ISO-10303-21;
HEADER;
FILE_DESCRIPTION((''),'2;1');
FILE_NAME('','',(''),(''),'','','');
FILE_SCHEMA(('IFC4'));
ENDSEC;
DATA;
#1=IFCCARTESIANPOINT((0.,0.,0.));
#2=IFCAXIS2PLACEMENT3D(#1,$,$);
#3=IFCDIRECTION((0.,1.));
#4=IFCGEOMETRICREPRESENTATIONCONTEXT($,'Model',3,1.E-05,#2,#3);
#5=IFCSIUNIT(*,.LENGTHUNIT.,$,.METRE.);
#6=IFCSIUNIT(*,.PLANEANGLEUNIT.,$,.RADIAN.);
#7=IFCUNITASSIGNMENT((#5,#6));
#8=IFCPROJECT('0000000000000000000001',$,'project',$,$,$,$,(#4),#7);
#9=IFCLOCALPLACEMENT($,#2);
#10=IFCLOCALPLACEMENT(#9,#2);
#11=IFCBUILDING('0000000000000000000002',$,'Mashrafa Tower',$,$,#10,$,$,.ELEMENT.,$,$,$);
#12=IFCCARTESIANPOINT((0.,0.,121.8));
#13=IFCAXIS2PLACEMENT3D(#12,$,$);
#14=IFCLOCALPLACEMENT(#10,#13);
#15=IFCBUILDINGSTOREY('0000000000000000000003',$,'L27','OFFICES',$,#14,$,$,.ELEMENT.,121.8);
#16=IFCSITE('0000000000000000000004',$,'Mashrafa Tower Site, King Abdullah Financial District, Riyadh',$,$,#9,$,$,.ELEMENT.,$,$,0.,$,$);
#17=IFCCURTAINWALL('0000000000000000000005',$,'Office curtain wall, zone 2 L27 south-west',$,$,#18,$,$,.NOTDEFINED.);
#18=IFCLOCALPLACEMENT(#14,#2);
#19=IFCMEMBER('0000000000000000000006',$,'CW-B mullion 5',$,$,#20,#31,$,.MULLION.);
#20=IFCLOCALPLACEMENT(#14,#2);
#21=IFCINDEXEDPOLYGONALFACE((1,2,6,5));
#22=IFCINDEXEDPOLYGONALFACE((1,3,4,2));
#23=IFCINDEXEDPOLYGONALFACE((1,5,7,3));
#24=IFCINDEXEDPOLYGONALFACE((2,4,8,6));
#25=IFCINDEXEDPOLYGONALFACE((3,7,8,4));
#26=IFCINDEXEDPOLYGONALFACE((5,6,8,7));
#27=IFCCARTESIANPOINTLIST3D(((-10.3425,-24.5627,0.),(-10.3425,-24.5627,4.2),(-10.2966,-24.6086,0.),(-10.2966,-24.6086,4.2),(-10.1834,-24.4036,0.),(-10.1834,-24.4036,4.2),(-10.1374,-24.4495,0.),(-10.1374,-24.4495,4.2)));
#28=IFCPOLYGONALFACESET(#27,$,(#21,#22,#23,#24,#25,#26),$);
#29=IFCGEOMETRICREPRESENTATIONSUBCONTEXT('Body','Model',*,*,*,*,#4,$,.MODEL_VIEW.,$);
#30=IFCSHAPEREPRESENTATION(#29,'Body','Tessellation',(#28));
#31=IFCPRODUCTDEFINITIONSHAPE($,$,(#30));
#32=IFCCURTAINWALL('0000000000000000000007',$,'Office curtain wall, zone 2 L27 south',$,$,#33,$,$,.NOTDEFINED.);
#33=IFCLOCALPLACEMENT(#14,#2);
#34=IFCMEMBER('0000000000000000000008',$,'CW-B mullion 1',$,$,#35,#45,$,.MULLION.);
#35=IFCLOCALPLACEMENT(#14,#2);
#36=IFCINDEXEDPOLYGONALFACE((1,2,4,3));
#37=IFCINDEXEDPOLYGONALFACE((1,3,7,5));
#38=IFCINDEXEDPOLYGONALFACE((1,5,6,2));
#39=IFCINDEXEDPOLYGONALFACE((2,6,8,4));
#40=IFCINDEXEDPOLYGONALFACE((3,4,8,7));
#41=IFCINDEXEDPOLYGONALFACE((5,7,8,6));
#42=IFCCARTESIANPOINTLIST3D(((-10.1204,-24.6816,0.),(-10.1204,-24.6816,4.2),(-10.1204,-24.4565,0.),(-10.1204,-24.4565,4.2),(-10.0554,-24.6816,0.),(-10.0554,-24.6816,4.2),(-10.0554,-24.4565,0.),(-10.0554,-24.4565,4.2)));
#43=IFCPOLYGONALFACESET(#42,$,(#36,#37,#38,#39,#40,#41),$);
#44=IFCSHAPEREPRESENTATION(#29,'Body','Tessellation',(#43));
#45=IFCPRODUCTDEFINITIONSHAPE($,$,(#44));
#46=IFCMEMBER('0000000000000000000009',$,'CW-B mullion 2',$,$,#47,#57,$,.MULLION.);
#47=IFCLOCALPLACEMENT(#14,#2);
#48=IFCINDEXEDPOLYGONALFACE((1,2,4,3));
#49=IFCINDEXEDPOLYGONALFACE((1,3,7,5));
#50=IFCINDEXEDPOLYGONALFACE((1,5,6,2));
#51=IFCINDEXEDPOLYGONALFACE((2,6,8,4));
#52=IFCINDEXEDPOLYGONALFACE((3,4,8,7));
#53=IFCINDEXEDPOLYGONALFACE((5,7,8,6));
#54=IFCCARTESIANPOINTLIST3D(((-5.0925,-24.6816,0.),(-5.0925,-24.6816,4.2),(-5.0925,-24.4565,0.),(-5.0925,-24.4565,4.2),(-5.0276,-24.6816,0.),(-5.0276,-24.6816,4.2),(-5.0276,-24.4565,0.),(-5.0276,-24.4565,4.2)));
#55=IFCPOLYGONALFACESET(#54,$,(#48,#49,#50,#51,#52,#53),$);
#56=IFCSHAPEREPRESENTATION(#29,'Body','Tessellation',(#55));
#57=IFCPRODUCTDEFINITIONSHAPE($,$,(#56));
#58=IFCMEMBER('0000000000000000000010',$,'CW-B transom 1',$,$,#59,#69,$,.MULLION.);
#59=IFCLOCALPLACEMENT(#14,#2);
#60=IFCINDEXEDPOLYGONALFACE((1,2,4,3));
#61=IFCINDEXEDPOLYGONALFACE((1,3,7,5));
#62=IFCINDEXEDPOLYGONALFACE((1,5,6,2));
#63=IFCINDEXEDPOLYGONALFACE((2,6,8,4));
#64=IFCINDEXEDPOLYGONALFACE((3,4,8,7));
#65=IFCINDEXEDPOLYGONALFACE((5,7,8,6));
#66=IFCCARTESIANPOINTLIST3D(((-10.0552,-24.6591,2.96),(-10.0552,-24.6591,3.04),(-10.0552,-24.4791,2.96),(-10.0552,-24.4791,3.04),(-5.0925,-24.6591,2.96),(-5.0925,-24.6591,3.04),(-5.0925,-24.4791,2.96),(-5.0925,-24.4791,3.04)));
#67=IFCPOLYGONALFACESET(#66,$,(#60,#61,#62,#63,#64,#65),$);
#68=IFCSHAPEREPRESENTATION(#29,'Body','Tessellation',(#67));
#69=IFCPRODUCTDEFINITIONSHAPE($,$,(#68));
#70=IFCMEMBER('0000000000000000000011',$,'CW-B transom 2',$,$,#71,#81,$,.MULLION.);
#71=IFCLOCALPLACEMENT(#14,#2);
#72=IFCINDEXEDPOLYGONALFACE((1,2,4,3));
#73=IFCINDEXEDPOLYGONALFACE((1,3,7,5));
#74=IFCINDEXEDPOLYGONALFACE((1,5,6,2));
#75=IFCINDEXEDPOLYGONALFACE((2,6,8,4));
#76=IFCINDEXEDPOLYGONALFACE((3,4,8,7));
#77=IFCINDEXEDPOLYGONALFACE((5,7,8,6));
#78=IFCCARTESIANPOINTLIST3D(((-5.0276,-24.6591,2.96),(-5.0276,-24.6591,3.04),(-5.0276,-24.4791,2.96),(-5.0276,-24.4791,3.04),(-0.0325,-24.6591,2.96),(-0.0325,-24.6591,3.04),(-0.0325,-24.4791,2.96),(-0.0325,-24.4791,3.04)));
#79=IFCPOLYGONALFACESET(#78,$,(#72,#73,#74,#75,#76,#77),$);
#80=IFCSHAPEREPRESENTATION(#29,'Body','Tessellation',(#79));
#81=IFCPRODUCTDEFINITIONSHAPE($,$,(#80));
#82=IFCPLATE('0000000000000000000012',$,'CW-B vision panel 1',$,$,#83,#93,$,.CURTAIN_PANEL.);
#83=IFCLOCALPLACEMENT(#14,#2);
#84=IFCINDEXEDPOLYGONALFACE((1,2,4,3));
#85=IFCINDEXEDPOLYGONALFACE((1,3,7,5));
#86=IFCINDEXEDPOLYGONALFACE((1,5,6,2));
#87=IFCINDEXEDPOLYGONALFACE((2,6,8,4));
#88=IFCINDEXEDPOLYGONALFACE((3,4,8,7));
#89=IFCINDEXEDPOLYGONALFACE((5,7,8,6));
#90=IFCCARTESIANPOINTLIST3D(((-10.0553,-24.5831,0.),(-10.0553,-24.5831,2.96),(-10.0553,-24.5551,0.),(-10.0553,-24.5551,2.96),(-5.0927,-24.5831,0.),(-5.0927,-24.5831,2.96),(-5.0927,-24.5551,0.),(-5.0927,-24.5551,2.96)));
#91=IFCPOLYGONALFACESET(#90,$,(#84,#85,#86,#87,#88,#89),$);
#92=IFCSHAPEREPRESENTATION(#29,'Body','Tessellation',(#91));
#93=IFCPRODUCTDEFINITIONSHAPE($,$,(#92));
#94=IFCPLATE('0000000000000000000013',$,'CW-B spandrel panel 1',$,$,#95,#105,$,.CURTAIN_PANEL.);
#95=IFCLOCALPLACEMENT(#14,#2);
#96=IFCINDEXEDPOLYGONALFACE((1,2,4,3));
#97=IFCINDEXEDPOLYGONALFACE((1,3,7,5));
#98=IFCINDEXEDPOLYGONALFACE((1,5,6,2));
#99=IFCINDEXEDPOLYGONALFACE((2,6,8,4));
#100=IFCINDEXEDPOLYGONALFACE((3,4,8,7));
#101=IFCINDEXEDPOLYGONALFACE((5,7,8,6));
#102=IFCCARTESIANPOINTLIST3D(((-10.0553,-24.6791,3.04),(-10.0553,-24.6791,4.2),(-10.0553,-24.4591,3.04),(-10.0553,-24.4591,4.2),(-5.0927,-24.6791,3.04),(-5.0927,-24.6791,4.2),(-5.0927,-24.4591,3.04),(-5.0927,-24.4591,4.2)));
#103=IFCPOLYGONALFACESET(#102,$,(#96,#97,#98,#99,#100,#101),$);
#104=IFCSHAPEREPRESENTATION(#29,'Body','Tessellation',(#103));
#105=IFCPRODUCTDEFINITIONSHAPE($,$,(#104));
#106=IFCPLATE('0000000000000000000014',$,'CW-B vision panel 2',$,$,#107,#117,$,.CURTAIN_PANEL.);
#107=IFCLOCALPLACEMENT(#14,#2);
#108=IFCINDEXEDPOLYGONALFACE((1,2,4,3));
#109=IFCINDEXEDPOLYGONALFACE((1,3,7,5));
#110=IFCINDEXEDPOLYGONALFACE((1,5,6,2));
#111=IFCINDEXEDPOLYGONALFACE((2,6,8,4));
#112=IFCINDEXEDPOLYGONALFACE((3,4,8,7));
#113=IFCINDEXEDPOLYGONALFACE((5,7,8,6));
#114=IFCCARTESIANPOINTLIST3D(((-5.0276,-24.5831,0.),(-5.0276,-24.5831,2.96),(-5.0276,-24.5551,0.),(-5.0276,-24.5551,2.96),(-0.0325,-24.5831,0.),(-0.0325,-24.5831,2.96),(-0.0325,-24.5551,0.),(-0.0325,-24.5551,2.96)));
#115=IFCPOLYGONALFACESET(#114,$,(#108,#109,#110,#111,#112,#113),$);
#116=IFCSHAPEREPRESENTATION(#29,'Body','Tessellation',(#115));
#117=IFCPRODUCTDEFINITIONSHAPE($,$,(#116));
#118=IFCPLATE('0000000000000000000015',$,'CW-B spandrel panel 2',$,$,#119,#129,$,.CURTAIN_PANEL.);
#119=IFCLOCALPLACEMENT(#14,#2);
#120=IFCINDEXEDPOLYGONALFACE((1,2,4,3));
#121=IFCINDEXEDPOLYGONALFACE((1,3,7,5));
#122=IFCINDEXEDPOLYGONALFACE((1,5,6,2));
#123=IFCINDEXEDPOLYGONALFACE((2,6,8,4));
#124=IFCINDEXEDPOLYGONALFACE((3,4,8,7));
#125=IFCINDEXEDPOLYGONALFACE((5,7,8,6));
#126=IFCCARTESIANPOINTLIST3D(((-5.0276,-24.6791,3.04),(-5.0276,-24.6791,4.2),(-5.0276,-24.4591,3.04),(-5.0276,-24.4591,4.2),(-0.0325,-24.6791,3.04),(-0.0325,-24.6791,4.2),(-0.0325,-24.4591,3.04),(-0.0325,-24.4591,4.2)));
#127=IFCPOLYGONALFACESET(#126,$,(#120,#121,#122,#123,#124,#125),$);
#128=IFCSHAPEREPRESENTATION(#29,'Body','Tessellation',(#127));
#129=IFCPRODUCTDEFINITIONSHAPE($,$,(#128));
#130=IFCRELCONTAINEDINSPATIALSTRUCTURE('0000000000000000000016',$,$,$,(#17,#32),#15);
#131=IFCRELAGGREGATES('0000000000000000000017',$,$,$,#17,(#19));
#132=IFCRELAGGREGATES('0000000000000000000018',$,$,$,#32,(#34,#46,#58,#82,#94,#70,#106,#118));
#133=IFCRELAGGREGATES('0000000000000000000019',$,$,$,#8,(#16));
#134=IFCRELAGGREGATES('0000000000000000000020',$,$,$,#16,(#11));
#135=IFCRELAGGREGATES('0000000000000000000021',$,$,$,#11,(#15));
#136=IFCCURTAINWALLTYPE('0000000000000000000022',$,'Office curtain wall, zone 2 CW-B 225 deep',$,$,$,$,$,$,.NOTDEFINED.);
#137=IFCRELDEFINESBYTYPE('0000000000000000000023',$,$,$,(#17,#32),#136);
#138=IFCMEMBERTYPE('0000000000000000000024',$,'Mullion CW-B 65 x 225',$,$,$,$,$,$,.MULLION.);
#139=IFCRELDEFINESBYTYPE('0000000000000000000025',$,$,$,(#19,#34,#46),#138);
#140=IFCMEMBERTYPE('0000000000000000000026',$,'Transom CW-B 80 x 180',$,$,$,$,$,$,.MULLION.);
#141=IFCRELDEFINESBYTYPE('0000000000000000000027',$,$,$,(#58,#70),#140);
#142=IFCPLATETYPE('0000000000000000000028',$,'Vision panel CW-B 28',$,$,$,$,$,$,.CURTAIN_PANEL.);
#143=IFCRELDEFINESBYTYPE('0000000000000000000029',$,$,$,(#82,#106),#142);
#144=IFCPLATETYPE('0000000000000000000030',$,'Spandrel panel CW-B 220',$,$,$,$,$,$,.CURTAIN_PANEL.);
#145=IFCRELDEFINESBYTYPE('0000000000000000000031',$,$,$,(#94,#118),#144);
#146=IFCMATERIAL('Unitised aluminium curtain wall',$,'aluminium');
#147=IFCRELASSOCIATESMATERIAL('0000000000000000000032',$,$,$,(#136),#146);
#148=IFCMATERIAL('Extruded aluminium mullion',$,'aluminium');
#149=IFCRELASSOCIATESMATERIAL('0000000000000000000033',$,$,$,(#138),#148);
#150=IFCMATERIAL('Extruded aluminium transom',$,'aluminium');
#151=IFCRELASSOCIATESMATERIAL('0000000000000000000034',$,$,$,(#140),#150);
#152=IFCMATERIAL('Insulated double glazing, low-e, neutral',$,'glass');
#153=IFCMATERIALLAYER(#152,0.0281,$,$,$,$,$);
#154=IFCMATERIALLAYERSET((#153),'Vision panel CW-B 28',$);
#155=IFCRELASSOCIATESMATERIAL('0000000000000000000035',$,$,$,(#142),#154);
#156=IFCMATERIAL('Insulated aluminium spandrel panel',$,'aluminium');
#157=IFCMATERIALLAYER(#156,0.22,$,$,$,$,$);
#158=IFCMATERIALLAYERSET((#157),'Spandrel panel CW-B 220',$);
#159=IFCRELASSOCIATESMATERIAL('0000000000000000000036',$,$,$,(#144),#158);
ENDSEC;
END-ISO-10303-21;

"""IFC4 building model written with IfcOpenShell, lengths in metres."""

from ifc_helpers import new_model, si_unit, direction, frame, origin, origin_2d, place, context, subcontext, project, spatial, rectangle, extrude, source, transform, mapped, material, layer, layer_set, material_profile, profile_set, type_object, type_shapes, element, aggregate, save


model = new_model("IFC4")

# Units and contexts
model_context = context("Model", 3, precision=1e-05, world=origin(), true_north=direction((0.0, 1.0)))
body_context = subcontext(model_context, "Body", "Model", "MODEL_VIEW")
ifc_project = project(units=[si_unit("LENGTHUNIT", "METRE"), si_unit("PLANEANGLEUNIT", "RADIAN")], contexts=[model_context])

# Site, building, storey
site_placement = place(None, origin())
site = spatial("IfcSite", under=ifc_project, at=site_placement, Name="Mashrafa Tower Site, King Abdullah Financial District, Riyadh", CompositionType="ELEMENT", RefElevation=0.0)
building_placement = place(site_placement, origin())
building = spatial("IfcBuilding", under=site, at=building_placement, Name="Mashrafa Tower", CompositionType="ELEMENT")
storey_placement = place(building_placement, frame((0.0, 0.0, 121.8)))
storey = spatial("IfcBuildingStorey", under=building, at=storey_placement, Name="L27", Description="OFFICES", CompositionType="ELEMENT", Elevation=121.8)

# Curtain wall, member
ifc_material_1 = material(Name="Unitised aluminium curtain wall", Category="aluminium")
curtain_wall_type = type_object("IfcCurtainWallType", Name="Office curtain wall, zone 2 CW-B 225 deep", PredefinedType="NOTDEFINED", material=ifc_material_1)
curtain_wall_1_placement = place(storey_placement, origin())
curtain_wall_1 = element("IfcCurtainWall", 1, at=curtain_wall_1_placement, inside=storey, type_object=curtain_wall_type, Name="Office curtain wall, zone 2 L27 south-west", PredefinedType="NOTDEFINED")
ifc_material_2 = material(Name="Extruded aluminium mullion", Category="aluminium")
ifc_material_profile_1 = material_profile(ifc_material_2, rectangle(XDim=0.2251, YDim=0.0649, at=origin_2d()), Name="Mullion 65x225")
ifc_profile_set_1 = profile_set([ifc_material_profile_1], Name="Extruded aluminium mullion")
member_type_1 = type_object("IfcMemberType", Name="Mullion CW-B 65 x 225", PredefinedType="MULLION", material=ifc_profile_set_1)
shared_shape_1 = source(origin(), body_context, "Body", "SweptSolid", [
    extrude(rectangle(XDim=0.2251, YDim=0.0649, at=origin_2d()), origin(), (0.0, 0.0, 1.0), 4.2),
])
type_shapes(member_type_1, [shared_shape_1])
member_1_placement = place(storey_placement, frame((-10.24, -24.5061, 0.0), z_axis=(0.0, 0.0, 1.0), x_axis=(0.707107, 0.707107, 0.0)))
member_1 = element("IfcMember", 2, at=member_1_placement, type_object=member_type_1, Name="CW-B mullion 5", PredefinedType="MULLION", context=body_context, shape_type="MappedRepresentation", body=[
    mapped(shared_shape_1, transform((0.0, 0.0, 0.0))),
])
aggregate(curtain_wall_1, [member_1])

# Curtain wall, members, plates
curtain_wall_2_placement = place(storey_placement, origin())
curtain_wall_2 = element("IfcCurtainWall", 3, at=curtain_wall_2_placement, inside=storey, type_object=curtain_wall_type, Name="Office curtain wall, zone 2 L27 south", PredefinedType="NOTDEFINED")
member_2_placement = place(storey_placement, frame((-10.0879, -24.5691, 0.0), z_axis=(0.0, 0.0, 1.0), x_axis=(0.0, 1.0, 0.0)))
member_2 = element("IfcMember", 4, at=member_2_placement, type_object=member_type_1, Name="CW-B mullion 1", PredefinedType="MULLION", context=body_context, shape_type="MappedRepresentation", body=[
    mapped(shared_shape_1, transform((0.0, 0.0, 0.0))),
])
member_3_placement = place(storey_placement, frame((-5.0601, -24.5691, 0.0), z_axis=(0.0, 0.0, 1.0), x_axis=(0.0, 1.0, 0.0)))
member_3 = element("IfcMember", 5, at=member_3_placement, type_object=member_type_1, Name="CW-B mullion 2", PredefinedType="MULLION", context=body_context, shape_type="MappedRepresentation", body=[
    mapped(shared_shape_1, transform((0.0, 0.0, 0.0))),
])
ifc_material_3 = material(Name="Extruded aluminium transom", Category="aluminium")
ifc_material_profile_2 = material_profile(ifc_material_3, rectangle(XDim=0.1799, YDim=0.0801, at=origin_2d()), Name="Transom 80x180")
ifc_profile_set_2 = profile_set([ifc_material_profile_2], Name="Extruded aluminium transom")
member_type_2 = type_object("IfcMemberType", Name="Transom CW-B 80 x 180", PredefinedType="MULLION", material=ifc_profile_set_2)
shared_shape_2 = source(origin(), body_context, "Body", "SweptSolid", [
    extrude(rectangle(XDim=0.1799, YDim=0.0801, at=origin_2d()), origin(), (0.0, 0.0, 1.0), 4.9626),
])
member_4_placement = place(storey_placement, frame((-10.0552, -24.5691, 3.0), z_axis=(1.0, 0.0, 0.0), x_axis=(0.0, 1.0, 0.0)))
member_4 = element("IfcMember", 6, at=member_4_placement, type_object=member_type_2, Name="CW-B transom 1", PredefinedType="MULLION", context=body_context, shape_type="MappedRepresentation", body=[
    mapped(shared_shape_2, transform((0.0, 0.0, 0.0))),
])
shared_shape_3 = source(origin(), body_context, "Body", "SweptSolid", [
    extrude(rectangle(XDim=0.1799, YDim=0.0801, at=origin_2d()), origin(), (0.0, 0.0, 1.0), 4.9951),
])
type_shapes(member_type_2, [shared_shape_2, shared_shape_3])
member_5_placement = place(storey_placement, frame((-5.0276, -24.5691, 3.0), z_axis=(1.0, 0.0, 0.0), x_axis=(0.0, 1.0, 0.0)))
member_5 = element("IfcMember", 7, at=member_5_placement, type_object=member_type_2, Name="CW-B transom 2", PredefinedType="MULLION", context=body_context, shape_type="MappedRepresentation", body=[
    mapped(shared_shape_3, transform((0.0, 0.0, 0.0))),
])
ifc_material_4 = material(Name="Insulated double glazing, low-e, neutral", Category="glass")
ifc_layer_1 = layer(ifc_material_4, 0.0281)
ifc_layer_set_1 = layer_set([ifc_layer_1], Name="Vision panel CW-B 28")
plate_type_1 = type_object("IfcPlateType", Name="Vision panel CW-B 28", PredefinedType="CURTAIN_PANEL", material=ifc_layer_set_1)
shared_shape_4 = source(origin(), body_context, "Body", "SweptSolid", [
    extrude(rectangle(XDim=4.9626, YDim=0.0281, at=origin_2d()), origin(), (0.0, 0.0, 1.0), 2.96),
])
plate_1_placement = place(storey_placement, frame((-7.574, -24.5691, 0.0), z_axis=(0.0, 0.0, 1.0), x_axis=(1.0, 0.0, 0.0)))
plate_1 = element("IfcPlate", 8, at=plate_1_placement, type_object=plate_type_1, Name="CW-B vision panel 1", PredefinedType="CURTAIN_PANEL", context=body_context, shape_type="MappedRepresentation", body=[
    mapped(shared_shape_4, transform((0.0, 0.0, 0.0))),
])
ifc_material_5 = material(Name="Insulated aluminium spandrel panel", Category="aluminium")
ifc_layer_2 = layer(ifc_material_5, 0.22)
ifc_layer_set_2 = layer_set([ifc_layer_2], Name="Spandrel panel CW-B 220")
plate_type_2 = type_object("IfcPlateType", Name="Spandrel panel CW-B 220", PredefinedType="CURTAIN_PANEL", material=ifc_layer_set_2)
shared_shape_5 = source(origin(), body_context, "Body", "SweptSolid", [
    extrude(rectangle(XDim=4.9626, YDim=0.22, at=origin_2d()), origin(), (0.0, 0.0, 1.0), 1.1599),
])
plate_2_placement = place(storey_placement, frame((-7.574, -24.5691, 3.04), z_axis=(0.0, 0.0, 1.0), x_axis=(1.0, 0.0, 0.0)))
plate_2 = element("IfcPlate", 9, at=plate_2_placement, type_object=plate_type_2, Name="CW-B spandrel panel 1", PredefinedType="CURTAIN_PANEL", context=body_context, shape_type="MappedRepresentation", body=[
    mapped(shared_shape_5, transform((0.0, 0.0, 0.0))),
])
shared_shape_6 = source(origin(), body_context, "Body", "SweptSolid", [
    extrude(rectangle(XDim=4.9951, YDim=0.0281, at=origin_2d()), origin(), (0.0, 0.0, 1.0), 2.96),
])
type_shapes(plate_type_1, [shared_shape_4, shared_shape_6])
plate_3_placement = place(storey_placement, frame((-2.53, -24.5691, 0.0), z_axis=(0.0, 0.0, 1.0), x_axis=(1.0, 0.0, 0.0)))
plate_3 = element("IfcPlate", 10, at=plate_3_placement, type_object=plate_type_1, Name="CW-B vision panel 2", PredefinedType="CURTAIN_PANEL", context=body_context, shape_type="MappedRepresentation", body=[
    mapped(shared_shape_6, transform((0.0, 0.0, 0.0))),
])
shared_shape_7 = source(origin(), body_context, "Body", "SweptSolid", [
    extrude(rectangle(XDim=4.9951, YDim=0.22, at=origin_2d()), origin(), (0.0, 0.0, 1.0), 1.1599),
])
type_shapes(plate_type_2, [shared_shape_5, shared_shape_7])
plate_4_placement = place(storey_placement, frame((-2.53, -24.5691, 3.04), z_axis=(0.0, 0.0, 1.0), x_axis=(1.0, 0.0, 0.0)))
plate_4 = element("IfcPlate", 11, at=plate_4_placement, type_object=plate_type_2, Name="CW-B spandrel panel 2", PredefinedType="CURTAIN_PANEL", context=body_context, shape_type="MappedRepresentation", body=[
    mapped(shared_shape_7, transform((0.0, 0.0, 0.0))),
])
aggregate(curtain_wall_2, [member_2, member_3, member_4, plate_1, plate_2, member_5, plate_3, plate_4])

save(model, "model.ifc")
